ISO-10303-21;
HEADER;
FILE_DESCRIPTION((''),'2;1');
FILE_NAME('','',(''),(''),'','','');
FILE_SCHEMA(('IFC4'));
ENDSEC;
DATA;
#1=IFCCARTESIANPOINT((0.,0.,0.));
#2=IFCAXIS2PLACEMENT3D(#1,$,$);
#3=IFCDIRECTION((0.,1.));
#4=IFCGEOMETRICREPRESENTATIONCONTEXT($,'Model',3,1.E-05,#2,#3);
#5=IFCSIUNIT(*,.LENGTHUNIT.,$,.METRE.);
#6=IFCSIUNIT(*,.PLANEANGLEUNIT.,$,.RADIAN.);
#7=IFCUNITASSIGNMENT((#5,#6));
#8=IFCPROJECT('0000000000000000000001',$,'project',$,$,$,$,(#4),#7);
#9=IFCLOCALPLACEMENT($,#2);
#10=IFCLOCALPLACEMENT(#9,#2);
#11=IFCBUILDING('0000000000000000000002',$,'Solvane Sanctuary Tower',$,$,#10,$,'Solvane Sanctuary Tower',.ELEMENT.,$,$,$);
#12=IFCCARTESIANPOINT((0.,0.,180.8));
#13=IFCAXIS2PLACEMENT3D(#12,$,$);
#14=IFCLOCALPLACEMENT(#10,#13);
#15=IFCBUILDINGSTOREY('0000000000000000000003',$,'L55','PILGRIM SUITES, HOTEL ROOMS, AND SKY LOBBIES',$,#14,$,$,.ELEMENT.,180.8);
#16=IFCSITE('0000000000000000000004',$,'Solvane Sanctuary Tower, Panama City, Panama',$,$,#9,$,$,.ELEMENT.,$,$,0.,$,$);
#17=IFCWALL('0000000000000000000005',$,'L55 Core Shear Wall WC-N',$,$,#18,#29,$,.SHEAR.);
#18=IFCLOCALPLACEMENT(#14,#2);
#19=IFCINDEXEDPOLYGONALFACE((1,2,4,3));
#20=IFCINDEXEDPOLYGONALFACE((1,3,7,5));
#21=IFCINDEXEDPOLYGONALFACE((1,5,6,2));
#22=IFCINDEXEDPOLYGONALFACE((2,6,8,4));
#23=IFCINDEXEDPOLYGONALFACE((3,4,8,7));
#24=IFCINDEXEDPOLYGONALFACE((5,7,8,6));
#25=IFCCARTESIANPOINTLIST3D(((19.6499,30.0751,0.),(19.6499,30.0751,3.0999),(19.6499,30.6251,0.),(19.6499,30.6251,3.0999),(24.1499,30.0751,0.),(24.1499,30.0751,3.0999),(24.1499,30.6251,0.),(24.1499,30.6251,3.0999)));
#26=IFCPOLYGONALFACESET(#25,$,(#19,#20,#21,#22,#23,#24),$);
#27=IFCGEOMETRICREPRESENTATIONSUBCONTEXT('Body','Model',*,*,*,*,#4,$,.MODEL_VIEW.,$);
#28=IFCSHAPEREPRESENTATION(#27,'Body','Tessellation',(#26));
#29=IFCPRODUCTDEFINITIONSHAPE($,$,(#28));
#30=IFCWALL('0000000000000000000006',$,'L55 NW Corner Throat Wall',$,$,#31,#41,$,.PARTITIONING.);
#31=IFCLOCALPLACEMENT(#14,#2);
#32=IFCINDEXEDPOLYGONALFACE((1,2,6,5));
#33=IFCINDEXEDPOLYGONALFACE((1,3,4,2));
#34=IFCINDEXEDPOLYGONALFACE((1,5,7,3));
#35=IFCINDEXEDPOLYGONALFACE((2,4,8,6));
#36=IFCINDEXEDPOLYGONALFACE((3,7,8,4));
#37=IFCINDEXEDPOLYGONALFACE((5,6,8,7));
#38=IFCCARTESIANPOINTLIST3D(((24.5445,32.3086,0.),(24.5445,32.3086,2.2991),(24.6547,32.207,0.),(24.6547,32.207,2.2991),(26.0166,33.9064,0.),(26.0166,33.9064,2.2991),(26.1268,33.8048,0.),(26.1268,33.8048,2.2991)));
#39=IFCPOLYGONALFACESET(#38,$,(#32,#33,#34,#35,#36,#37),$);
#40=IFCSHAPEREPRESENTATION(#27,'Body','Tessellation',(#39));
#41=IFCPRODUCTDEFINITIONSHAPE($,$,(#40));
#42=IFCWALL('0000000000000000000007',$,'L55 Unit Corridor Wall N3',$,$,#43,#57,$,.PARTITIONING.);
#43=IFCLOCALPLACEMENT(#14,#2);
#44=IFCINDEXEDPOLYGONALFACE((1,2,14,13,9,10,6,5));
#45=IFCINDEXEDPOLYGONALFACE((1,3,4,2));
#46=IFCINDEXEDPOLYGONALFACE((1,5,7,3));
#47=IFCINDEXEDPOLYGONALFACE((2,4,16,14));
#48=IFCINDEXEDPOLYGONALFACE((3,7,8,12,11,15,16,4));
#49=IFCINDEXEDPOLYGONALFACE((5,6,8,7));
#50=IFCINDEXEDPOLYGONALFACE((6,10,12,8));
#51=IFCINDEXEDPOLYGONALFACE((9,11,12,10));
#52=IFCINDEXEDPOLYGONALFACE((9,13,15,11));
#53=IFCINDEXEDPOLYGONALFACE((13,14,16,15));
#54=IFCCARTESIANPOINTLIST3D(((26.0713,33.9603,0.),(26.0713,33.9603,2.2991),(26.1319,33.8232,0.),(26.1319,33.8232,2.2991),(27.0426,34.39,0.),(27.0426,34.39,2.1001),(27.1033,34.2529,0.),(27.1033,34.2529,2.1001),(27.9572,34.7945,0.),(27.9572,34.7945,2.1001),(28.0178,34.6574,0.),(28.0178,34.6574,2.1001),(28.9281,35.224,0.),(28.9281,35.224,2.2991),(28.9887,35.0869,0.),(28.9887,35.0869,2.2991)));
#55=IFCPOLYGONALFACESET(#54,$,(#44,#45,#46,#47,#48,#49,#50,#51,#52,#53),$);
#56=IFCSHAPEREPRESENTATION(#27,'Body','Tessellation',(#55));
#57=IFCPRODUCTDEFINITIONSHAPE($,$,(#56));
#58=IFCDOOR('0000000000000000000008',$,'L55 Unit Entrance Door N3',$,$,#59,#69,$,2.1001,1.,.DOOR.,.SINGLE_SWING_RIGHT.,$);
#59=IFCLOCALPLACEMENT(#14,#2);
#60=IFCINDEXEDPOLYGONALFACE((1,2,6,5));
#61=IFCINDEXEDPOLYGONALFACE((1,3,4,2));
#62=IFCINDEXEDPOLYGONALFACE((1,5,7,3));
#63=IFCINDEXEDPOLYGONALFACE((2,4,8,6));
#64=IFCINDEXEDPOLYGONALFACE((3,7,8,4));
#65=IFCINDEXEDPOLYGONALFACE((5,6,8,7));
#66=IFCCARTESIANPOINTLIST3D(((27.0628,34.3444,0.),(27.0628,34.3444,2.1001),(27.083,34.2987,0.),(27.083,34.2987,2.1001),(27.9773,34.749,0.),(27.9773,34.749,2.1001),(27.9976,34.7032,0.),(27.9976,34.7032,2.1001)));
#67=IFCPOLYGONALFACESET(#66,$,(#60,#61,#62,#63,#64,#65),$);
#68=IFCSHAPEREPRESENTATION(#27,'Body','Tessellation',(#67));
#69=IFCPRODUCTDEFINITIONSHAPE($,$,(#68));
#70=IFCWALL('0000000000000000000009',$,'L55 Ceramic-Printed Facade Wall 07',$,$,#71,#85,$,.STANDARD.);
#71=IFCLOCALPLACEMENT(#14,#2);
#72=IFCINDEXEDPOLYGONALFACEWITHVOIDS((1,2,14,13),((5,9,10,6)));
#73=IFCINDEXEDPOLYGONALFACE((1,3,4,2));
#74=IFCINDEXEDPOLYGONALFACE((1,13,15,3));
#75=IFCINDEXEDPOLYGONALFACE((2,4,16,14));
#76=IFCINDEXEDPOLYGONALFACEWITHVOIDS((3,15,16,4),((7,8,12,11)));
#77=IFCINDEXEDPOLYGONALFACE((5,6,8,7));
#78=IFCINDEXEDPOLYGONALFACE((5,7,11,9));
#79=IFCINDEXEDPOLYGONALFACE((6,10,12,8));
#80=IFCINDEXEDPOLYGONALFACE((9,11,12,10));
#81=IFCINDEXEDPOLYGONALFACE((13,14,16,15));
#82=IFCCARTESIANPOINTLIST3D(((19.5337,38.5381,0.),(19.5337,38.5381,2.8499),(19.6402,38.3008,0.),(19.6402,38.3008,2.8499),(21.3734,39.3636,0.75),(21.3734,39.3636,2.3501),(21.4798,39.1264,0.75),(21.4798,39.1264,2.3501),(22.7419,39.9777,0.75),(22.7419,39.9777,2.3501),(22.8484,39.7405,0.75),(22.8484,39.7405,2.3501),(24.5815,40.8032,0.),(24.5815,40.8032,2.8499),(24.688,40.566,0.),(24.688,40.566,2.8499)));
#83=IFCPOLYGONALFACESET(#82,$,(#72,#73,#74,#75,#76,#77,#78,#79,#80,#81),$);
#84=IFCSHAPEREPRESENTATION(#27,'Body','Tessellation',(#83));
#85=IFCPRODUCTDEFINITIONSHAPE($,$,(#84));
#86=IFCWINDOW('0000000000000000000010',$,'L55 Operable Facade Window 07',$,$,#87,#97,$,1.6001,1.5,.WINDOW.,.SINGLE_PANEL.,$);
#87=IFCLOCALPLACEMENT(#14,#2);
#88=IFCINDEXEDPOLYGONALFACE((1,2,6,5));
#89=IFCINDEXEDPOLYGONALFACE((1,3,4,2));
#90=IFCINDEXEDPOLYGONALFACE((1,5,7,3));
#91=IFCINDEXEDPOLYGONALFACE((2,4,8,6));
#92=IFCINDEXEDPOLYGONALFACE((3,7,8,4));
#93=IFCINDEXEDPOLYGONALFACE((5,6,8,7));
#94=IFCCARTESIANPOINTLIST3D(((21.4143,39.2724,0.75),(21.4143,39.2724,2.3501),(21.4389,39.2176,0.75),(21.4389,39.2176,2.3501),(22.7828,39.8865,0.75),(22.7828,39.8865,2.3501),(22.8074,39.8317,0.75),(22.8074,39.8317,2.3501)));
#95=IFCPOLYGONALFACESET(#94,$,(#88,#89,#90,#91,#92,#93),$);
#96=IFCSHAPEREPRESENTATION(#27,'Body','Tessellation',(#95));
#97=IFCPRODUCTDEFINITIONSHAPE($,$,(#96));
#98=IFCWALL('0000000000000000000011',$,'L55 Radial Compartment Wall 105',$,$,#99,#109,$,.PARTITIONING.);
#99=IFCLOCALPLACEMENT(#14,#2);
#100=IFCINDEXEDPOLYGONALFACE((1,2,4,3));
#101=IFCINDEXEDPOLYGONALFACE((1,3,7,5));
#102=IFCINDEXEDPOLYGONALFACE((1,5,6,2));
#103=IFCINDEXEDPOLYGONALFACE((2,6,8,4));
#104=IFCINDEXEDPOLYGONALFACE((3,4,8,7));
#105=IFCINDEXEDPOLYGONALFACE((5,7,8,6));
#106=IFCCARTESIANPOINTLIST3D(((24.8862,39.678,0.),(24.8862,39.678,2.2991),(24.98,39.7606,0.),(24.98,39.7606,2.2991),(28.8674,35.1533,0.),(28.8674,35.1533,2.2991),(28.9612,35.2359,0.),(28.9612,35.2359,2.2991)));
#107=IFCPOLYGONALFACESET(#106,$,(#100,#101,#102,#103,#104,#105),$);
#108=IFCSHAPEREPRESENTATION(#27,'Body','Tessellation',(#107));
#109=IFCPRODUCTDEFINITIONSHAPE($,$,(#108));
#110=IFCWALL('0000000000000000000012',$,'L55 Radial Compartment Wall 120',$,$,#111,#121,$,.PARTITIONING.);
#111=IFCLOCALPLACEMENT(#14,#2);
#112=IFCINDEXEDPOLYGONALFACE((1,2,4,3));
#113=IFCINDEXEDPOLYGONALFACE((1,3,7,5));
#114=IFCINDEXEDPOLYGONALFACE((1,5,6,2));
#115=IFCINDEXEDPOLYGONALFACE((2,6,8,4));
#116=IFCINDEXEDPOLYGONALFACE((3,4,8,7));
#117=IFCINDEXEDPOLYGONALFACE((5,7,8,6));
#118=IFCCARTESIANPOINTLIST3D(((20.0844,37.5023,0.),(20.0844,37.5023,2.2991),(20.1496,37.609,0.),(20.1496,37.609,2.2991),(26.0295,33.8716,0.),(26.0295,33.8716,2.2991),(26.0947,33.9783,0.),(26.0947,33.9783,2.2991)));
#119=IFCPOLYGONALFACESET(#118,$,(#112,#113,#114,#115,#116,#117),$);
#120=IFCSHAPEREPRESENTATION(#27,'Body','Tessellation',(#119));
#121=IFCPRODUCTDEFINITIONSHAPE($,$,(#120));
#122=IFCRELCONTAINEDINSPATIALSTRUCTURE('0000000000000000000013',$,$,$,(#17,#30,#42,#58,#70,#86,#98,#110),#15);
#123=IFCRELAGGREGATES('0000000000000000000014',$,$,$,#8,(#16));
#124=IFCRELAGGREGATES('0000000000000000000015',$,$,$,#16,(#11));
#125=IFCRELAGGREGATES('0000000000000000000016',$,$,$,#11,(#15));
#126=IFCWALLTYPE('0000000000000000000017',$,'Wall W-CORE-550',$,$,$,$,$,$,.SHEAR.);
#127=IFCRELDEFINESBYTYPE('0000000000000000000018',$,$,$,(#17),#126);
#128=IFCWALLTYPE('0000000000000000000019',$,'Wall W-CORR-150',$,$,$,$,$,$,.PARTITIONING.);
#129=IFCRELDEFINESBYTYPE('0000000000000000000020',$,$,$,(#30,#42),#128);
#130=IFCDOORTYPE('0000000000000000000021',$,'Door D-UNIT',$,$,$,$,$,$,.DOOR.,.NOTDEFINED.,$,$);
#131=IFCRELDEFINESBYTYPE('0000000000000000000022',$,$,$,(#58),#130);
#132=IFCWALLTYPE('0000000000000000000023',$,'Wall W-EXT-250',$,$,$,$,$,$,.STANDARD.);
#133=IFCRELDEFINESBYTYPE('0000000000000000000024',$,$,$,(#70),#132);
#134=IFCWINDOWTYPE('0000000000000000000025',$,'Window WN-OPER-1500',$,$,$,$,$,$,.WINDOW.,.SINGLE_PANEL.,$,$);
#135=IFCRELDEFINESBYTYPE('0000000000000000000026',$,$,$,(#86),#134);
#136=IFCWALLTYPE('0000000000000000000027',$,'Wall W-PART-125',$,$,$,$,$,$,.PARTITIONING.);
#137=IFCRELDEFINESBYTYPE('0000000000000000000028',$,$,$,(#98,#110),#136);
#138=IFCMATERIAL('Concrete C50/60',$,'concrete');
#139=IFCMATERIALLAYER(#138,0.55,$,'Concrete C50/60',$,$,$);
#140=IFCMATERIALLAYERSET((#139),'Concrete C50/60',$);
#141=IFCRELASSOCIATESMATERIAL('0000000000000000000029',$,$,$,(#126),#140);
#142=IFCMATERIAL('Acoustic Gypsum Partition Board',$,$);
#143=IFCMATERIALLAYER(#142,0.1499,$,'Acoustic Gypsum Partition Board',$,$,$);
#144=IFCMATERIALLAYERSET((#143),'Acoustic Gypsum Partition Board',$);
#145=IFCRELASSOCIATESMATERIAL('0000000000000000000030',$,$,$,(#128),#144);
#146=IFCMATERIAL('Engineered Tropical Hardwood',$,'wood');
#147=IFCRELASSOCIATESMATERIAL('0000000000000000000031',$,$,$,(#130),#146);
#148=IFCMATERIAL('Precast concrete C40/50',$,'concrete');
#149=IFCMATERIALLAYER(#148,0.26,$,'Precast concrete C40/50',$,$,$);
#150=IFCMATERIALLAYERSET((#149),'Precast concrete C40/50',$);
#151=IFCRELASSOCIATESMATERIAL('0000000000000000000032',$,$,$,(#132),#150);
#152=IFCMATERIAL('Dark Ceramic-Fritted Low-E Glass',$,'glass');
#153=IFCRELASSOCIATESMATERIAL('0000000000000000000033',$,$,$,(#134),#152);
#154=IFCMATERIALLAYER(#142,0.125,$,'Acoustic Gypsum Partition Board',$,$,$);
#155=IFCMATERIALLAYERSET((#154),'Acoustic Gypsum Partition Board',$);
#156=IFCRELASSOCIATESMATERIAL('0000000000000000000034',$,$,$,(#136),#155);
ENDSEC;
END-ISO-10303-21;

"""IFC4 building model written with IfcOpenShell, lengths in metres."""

from ifc_helpers import new_model, si_unit, direction, frame, frame_2d, origin, place, context, subcontext, project, spatial, rectangle, extrude, material, layer, layer_set, type_object, element, fill, save


model = new_model("IFC4")

# Units and contexts
model_context = context("Model", 3, precision=1e-05, world=origin(), true_north=direction((0.0, 1.0)))
body_context = subcontext(model_context, "Body", "Model", "MODEL_VIEW")
ifc_project = project(units=[si_unit("LENGTHUNIT", "METRE"), si_unit("PLANEANGLEUNIT", "RADIAN")], contexts=[model_context])

# Site, building, storey
site_placement = place(None, origin())
site = spatial("IfcSite", under=ifc_project, at=site_placement, Name="Solvane Sanctuary Tower, Panama City, Panama", CompositionType="ELEMENT", RefElevation=0.0)
building_placement = place(site_placement, origin())
building = spatial("IfcBuilding", under=site, at=building_placement, Name="Solvane Sanctuary Tower", LongName="Solvane Sanctuary Tower", CompositionType="ELEMENT")
storey_placement = place(building_placement, frame((0.0, 0.0, 180.8)))
storey = spatial("IfcBuildingStorey", under=building, at=storey_placement, Name="L55", Description="PILGRIM SUITES, HOTEL ROOMS, AND SKY LOBBIES", CompositionType="ELEMENT", Elevation=180.8)

# Shared definitions
ifc_material_1 = material(Name="Concrete C50/60", Category="concrete")

# Walls
ifc_layer_1 = layer(ifc_material_1, 0.55, Name="Concrete C50/60")
ifc_layer_set_1 = layer_set([ifc_layer_1], Name="Concrete C50/60")
wall_type_1 = type_object("IfcWallType", Name="Wall W-CORE-550", PredefinedType="SHEAR", material=ifc_layer_set_1)
wall_1_placement = place(storey_placement, frame((19.6499, 30.3501, 0.0), z_axis=(0.0, 0.0, 1.0), x_axis=(1.0, 0.0, 0.0)))
element("IfcWall", 1, at=wall_1_placement, inside=storey, type_object=wall_type_1, Name="L55 Core Shear Wall WC-N", PredefinedType="SHEAR", context=body_context, shape_type="SweptSolid", body=[
    extrude(rectangle(XDim=4.5, YDim=0.55, at=frame_2d((2.25, 0.0))), origin(), (0.0, 0.0, 1.0), 3.0999),
])
ifc_material_2 = material(Name="Acoustic Gypsum Partition Board")
ifc_layer_2 = layer(ifc_material_2, 0.1499, Name="Acoustic Gypsum Partition Board")
ifc_layer_set_2 = layer_set([ifc_layer_2], Name="Acoustic Gypsum Partition Board")
wall_type_2 = type_object("IfcWallType", Name="Wall W-CORR-150", PredefinedType="PARTITIONING", material=ifc_layer_set_2)
wall_2_placement = place(storey_placement, frame((26.0718, 33.8557, 0.0), z_axis=(0.0, 0.0, 1.0), x_axis=(-0.67758, -0.735449, 0.0)))
element("IfcWall", 2, at=wall_2_placement, inside=storey, type_object=wall_type_2, Name="L55 NW Corner Throat Wall", PredefinedType="PARTITIONING", context=body_context, shape_type="SweptSolid", body=[
    extrude(rectangle(XDim=2.1726, YDim=0.1499, at=frame_2d((1.0864, 0.0))), origin(), (0.0, 0.0, 1.0), 2.2991),
])

# Wall, opening, door
wall_3_placement = place(storey_placement, frame((28.9585, 35.1555, 0.0), z_axis=(0.0, 0.0, 1.0), x_axis=(-0.914519, -0.404542, 0.0)))
wall_3 = element("IfcWall", 3, at=wall_3_placement, inside=storey, type_object=wall_type_2, Name="L55 Unit Corridor Wall N3", PredefinedType="PARTITIONING", context=body_context, shape_type="SweptSolid", body=[
    extrude(rectangle(XDim=3.1238, YDim=0.1499, at=frame_2d((1.562, 0.0))), origin(), (0.0, 0.0, 1.0), 2.2991),
])
opening_1_placement = place(wall_3_placement, frame((1.0618, 0.0, 0.0)))
opening_1 = element("IfcOpeningElement", 4, at=opening_1_placement, cuts=wall_3, PredefinedType="OPENING", context=body_context, shape_type="SweptSolid", body=[
    extrude(rectangle(XDim=1.0, YDim=2.1001, at=frame_2d((0.5, 1.05))), frame((0.0, 0.085, 0.0), z_axis=(0.0, -1.0, 0.0), x_axis=(1.0, 0.0, 0.0)), (0.0, 0.0, 1.0), 0.1699),
])
ifc_material_3 = material(Name="Engineered Tropical Hardwood", Category="wood")
door_type = type_object("IfcDoorType", Name="Door D-UNIT", OperationType="NOTDEFINED", PredefinedType="DOOR", material=ifc_material_3)
door_placement = place(opening_1_placement, origin())
door = element("IfcDoor", 5, at=door_placement, inside=storey, type_object=door_type, Name="L55 Unit Entrance Door N3", OperationType="SINGLE_SWING_RIGHT", OverallHeight=2.1001, OverallWidth=1.0, PredefinedType="DOOR", context=body_context, shape_type="SweptSolid", body=[
    extrude(rectangle(XDim=1.0, YDim=2.1001, at=frame_2d((0.5, 1.05))), frame((0.0, 0.0249, 0.0), z_axis=(0.0, -1.0, 0.0), x_axis=(1.0, 0.0, 0.0)), (0.0, 0.0, 1.0), 0.05),
])
fill(opening_1, door)

# Wall, opening, window
ifc_material_4 = material(Name="Precast concrete C40/50", Category="concrete")
ifc_layer_3 = layer(ifc_material_4, 0.26, Name="Precast concrete C40/50")
ifc_layer_set_3 = layer_set([ifc_layer_3], Name="Precast concrete C40/50")
wall_type_3 = type_object("IfcWallType", Name="Wall W-EXT-250", PredefinedType="STANDARD", material=ifc_layer_set_3)
wall_4_placement = place(storey_placement, frame((24.6348, 40.6846, 0.0), z_axis=(0.0, 0.0, 1.0), x_axis=(-0.912354, -0.409403, 0.0)))
wall_4 = element("IfcWall", 6, at=wall_4_placement, inside=storey, type_object=wall_type_3, Name="L55 Ceramic-Printed Facade Wall 07", PredefinedType="STANDARD", context=body_context, shape_type="SweptSolid", body=[
    extrude(rectangle(XDim=5.5327, YDim=0.26, at=frame_2d((2.7664, 0.0))), origin(), (0.0, 0.0, 1.0), 2.8499),
])
opening_2_placement = place(wall_4_placement, frame((2.0164, 0.0, 0.75)))
opening_2 = element("IfcOpeningElement", 7, at=opening_2_placement, cuts=wall_4, PredefinedType="OPENING", context=body_context, shape_type="SweptSolid", body=[
    extrude(rectangle(XDim=1.5, YDim=1.6001, at=frame_2d((0.75, 0.8))), frame((0.0, 0.1399, 0.0), z_axis=(0.0, -1.0, 0.0), x_axis=(1.0, 0.0, 0.0)), (0.0, 0.0, 1.0), 0.28),
])
ifc_material_5 = material(Name="Dark Ceramic-Fritted Low-E Glass", Category="glass")
window_type = type_object("IfcWindowType", Name="Window WN-OPER-1500", PartitioningType="SINGLE_PANEL", PredefinedType="WINDOW", material=ifc_material_5)
window_placement = place(opening_2_placement, origin())
window = element("IfcWindow", 8, at=window_placement, inside=storey, type_object=window_type, Name="L55 Operable Facade Window 07", OverallHeight=1.6001, OverallWidth=1.5, PartitioningType="SINGLE_PANEL", PredefinedType="WINDOW", context=body_context, shape_type="SweptSolid", body=[
    extrude(rectangle(XDim=1.5, YDim=1.6001, at=frame_2d((0.75, 0.8))), frame((0.0, 0.03, 0.0), z_axis=(0.0, -1.0, 0.0), x_axis=(1.0, 0.0, 0.0)), (0.0, 0.0, 1.0), 0.0601),
])
fill(opening_2, window)

# Walls
ifc_layer_4 = layer(ifc_material_2, 0.125, Name="Acoustic Gypsum Partition Board")
ifc_layer_set_4 = layer_set([ifc_layer_4], Name="Acoustic Gypsum Partition Board")
wall_type_4 = type_object("IfcWallType", Name="Wall W-PART-125", PredefinedType="PARTITIONING", material=ifc_layer_set_4)
wall_5_placement = place(storey_placement, frame((28.9143, 35.1946, 0.0), z_axis=(0.0, 0.0, 1.0), x_axis=(-0.660581, 0.750754, 0.0)))
element("IfcWall", 9, at=wall_5_placement, inside=storey, type_object=wall_type_4, Name="L55 Radial Compartment Wall 105", PredefinedType="PARTITIONING", context=body_context, shape_type="SweptSolid", body=[
    extrude(rectangle(XDim=6.0269, YDim=0.125, at=frame_2d((3.0134, 0.0))), origin(), (0.0, 0.0, 1.0), 2.2991),
])
wall_6_placement = place(storey_placement, frame((26.062, 33.925, 0.0), z_axis=(0.0, 0.0, 1.0), x_axis=(-0.85344, 0.521191, 0.0)))
element("IfcWall", 10, at=wall_6_placement, inside=storey, type_object=wall_type_4, Name="L55 Radial Compartment Wall 120", PredefinedType="PARTITIONING", context=body_context, shape_type="SweptSolid", body=[
    extrude(rectangle(XDim=6.9661, YDim=0.125, at=frame_2d((3.4829, 0.0))), origin(), (0.0, 0.0, 1.0), 2.2991),
])

save(model, "model.ifc")
